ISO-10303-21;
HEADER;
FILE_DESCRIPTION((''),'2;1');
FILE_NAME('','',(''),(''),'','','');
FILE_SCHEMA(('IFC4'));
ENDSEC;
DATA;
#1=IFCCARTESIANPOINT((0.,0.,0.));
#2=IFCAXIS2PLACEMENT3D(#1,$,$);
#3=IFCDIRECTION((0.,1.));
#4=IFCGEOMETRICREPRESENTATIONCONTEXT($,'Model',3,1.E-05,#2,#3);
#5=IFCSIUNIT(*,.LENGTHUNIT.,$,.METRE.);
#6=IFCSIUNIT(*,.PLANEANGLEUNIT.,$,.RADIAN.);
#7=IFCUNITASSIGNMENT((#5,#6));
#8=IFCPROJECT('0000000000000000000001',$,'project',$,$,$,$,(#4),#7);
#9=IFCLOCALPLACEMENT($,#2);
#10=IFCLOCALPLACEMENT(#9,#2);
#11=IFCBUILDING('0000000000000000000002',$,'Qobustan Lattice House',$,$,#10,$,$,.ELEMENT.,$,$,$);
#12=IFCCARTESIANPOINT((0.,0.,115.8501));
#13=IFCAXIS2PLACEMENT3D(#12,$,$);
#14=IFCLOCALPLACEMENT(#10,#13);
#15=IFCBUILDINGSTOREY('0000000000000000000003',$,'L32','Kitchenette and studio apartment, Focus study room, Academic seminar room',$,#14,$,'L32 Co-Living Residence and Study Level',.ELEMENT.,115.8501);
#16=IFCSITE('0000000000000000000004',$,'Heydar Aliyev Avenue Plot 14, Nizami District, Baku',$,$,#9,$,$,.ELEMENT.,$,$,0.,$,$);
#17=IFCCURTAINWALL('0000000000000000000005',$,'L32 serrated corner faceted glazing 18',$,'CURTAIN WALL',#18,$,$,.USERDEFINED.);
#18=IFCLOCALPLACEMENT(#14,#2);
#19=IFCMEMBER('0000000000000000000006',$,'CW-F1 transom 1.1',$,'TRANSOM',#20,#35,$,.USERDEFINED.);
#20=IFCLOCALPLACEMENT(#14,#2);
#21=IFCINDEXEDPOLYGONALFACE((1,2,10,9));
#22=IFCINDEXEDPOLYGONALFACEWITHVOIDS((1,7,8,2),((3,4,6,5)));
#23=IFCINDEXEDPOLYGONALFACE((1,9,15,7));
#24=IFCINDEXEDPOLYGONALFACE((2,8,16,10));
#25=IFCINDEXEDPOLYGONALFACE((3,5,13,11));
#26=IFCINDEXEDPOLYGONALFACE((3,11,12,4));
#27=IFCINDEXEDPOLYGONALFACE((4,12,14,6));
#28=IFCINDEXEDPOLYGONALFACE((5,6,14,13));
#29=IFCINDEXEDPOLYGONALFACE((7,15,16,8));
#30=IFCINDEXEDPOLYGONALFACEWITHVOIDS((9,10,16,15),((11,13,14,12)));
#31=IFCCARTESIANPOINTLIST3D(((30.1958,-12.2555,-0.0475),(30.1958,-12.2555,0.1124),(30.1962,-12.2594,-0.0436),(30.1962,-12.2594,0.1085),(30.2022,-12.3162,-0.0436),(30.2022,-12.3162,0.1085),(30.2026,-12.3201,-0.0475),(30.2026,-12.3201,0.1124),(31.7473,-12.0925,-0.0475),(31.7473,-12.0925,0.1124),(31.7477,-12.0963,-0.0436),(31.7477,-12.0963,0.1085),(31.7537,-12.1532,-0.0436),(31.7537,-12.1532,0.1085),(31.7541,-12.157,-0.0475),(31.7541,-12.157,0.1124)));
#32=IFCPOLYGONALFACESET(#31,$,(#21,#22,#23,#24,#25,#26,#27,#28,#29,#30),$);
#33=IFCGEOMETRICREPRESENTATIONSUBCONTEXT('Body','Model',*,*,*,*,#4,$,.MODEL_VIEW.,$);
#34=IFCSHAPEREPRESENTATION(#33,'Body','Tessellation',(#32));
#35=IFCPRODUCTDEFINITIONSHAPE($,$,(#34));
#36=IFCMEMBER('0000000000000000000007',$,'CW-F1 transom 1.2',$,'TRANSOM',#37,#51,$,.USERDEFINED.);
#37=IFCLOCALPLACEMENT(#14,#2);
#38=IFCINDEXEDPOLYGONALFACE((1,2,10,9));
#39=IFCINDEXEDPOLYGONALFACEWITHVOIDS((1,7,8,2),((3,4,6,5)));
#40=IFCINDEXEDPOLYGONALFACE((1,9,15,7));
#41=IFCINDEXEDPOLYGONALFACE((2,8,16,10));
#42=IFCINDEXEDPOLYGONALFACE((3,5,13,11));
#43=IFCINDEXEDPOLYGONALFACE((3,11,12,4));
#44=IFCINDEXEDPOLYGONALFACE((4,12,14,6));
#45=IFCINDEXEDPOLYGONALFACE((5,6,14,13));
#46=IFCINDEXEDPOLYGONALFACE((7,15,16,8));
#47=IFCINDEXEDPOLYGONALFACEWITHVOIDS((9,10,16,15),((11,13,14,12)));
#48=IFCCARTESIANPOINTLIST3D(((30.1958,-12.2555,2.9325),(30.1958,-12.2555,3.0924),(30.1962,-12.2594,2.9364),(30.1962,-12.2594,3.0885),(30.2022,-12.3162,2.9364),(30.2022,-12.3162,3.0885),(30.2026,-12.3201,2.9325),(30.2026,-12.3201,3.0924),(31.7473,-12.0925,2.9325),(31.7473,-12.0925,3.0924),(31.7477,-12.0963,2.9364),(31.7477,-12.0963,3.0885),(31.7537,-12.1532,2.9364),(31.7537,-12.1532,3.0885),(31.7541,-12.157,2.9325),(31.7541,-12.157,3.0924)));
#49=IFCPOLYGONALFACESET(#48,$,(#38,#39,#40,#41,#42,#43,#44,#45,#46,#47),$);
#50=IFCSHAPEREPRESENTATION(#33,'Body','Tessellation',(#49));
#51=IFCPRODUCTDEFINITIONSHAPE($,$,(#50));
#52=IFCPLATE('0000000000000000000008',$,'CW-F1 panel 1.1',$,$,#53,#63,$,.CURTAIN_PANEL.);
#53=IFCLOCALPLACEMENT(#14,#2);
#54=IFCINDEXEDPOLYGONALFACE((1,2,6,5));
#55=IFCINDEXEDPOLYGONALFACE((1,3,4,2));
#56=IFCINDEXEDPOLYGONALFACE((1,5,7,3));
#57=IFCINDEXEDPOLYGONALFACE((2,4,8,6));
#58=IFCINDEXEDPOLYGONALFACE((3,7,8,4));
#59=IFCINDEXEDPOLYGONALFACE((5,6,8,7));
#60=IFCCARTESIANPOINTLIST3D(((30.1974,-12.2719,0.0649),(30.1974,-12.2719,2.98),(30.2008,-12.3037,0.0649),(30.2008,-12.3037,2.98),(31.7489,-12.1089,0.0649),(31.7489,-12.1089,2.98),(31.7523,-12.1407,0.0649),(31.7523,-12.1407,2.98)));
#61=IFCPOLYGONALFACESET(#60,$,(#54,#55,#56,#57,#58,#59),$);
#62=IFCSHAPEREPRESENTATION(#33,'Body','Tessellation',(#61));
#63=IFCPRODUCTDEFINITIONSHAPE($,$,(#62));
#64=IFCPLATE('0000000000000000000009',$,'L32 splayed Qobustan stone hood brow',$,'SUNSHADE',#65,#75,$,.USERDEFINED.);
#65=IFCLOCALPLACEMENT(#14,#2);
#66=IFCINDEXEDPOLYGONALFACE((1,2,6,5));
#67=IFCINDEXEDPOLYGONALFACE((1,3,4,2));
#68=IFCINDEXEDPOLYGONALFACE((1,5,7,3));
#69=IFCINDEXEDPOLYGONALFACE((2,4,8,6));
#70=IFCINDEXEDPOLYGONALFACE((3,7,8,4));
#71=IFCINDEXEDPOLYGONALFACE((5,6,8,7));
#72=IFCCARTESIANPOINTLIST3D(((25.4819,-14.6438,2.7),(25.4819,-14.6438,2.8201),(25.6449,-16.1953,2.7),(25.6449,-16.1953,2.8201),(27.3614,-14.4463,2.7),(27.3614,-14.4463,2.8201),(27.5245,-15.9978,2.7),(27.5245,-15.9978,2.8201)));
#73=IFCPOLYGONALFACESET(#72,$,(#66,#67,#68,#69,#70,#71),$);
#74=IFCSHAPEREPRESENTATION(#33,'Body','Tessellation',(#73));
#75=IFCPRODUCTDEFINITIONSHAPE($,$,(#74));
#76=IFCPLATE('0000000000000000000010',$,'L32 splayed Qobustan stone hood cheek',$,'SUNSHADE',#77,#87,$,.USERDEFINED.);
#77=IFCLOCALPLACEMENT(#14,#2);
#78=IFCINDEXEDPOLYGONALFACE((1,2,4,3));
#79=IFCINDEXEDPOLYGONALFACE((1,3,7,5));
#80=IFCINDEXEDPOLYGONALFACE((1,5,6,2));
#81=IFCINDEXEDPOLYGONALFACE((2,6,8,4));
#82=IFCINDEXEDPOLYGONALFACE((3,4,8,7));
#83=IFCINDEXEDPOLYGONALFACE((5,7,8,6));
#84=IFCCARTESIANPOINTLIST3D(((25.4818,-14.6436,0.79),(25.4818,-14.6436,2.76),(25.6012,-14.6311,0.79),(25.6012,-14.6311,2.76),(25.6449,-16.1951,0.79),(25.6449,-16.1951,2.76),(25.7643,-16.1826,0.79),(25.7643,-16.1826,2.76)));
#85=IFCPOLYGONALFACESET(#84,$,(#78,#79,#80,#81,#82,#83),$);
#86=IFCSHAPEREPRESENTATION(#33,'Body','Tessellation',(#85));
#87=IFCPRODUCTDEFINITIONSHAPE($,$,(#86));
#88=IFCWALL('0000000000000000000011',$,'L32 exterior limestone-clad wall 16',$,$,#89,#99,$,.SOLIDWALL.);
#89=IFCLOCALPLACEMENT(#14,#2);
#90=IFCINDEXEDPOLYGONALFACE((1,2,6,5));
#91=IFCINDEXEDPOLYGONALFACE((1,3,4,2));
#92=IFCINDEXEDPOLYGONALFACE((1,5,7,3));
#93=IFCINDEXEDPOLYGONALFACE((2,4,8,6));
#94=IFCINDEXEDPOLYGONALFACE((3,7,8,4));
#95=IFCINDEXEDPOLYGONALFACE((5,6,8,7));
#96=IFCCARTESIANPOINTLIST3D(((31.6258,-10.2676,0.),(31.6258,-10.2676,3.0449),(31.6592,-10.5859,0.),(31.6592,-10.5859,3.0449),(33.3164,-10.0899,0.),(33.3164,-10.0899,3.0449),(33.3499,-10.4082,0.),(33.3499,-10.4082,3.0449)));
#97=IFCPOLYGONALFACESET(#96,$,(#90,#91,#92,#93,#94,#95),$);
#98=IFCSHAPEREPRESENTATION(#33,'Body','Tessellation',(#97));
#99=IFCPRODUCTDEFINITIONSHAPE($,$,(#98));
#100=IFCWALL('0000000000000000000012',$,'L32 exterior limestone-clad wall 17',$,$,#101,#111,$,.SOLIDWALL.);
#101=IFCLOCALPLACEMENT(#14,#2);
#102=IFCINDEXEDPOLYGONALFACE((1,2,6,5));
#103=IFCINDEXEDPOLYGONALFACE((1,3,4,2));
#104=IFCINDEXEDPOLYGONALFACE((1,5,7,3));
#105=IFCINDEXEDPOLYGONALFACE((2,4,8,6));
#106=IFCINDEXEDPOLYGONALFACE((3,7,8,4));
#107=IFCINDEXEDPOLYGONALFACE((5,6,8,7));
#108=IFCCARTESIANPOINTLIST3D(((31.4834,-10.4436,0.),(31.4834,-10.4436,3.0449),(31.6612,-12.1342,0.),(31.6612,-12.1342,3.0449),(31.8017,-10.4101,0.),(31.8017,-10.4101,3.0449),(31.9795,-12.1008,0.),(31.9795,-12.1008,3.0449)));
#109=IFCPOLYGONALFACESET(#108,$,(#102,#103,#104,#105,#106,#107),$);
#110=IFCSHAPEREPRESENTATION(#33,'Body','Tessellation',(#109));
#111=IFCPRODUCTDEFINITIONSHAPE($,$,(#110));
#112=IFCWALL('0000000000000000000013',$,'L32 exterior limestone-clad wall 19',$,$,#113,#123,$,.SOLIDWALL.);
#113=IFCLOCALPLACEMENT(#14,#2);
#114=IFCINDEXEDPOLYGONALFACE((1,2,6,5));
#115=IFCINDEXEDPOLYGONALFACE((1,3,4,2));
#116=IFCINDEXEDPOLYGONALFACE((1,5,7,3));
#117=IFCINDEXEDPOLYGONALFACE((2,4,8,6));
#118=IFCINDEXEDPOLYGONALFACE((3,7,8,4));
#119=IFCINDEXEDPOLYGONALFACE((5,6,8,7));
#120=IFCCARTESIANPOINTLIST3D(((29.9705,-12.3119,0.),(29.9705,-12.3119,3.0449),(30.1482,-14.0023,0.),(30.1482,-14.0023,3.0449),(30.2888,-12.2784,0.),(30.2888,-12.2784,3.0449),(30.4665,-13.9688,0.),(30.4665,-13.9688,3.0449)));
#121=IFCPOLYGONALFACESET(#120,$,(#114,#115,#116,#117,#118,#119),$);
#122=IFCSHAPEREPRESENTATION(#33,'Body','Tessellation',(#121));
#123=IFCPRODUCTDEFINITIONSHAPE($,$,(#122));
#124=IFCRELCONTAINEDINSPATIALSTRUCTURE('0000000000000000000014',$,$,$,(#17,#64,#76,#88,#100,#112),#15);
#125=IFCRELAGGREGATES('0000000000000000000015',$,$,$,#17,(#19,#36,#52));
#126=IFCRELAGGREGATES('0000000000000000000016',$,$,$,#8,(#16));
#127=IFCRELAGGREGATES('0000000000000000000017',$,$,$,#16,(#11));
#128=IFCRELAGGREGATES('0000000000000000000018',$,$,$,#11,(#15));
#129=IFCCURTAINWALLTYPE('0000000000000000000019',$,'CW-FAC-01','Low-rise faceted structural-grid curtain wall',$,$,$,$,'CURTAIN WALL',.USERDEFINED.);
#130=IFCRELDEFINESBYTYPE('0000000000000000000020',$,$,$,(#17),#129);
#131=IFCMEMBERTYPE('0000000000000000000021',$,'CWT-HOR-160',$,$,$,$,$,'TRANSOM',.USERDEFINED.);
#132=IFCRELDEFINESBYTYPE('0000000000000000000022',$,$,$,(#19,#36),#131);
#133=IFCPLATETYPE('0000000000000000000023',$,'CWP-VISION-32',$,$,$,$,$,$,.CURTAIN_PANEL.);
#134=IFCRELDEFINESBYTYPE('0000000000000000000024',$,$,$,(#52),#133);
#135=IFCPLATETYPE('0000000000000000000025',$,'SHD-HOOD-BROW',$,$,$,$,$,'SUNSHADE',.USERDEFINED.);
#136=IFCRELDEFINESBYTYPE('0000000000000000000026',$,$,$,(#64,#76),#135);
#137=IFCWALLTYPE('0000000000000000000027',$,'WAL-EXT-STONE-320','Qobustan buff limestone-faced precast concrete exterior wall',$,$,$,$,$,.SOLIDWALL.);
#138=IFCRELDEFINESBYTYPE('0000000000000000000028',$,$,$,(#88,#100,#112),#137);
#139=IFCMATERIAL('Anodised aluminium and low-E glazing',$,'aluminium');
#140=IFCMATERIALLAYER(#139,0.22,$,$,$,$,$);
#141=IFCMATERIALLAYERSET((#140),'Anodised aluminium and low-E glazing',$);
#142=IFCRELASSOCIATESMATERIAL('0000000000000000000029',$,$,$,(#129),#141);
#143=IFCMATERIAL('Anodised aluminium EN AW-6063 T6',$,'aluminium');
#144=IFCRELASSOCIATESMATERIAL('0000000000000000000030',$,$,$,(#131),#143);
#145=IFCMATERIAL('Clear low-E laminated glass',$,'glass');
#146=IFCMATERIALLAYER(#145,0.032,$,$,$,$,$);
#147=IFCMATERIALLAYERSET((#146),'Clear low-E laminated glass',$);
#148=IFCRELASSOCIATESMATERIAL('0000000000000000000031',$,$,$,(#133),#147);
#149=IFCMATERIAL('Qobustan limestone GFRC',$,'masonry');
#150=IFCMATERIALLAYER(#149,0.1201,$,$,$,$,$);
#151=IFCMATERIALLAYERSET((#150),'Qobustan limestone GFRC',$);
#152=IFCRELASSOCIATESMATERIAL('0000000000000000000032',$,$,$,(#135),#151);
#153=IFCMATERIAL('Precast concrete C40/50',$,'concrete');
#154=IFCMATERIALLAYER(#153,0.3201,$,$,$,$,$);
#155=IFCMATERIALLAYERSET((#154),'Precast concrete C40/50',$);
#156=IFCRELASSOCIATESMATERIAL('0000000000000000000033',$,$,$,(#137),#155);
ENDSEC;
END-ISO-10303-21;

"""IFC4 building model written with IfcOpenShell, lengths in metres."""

from ifc_helpers import new_model, si_unit, direction, frame, frame_2d, origin, origin_2d, place, context, subcontext, project, spatial, rectangle, hollow_rectangle, extrude, material, layer, layer_set, material_profile, profile_set, type_object, element, aggregate, save


model = new_model("IFC4")

# Units and contexts
model_context = context("Model", 3, precision=1e-05, world=origin(), true_north=direction((0.0, 1.0)))
body_context = subcontext(model_context, "Body", "Model", "MODEL_VIEW")
ifc_project = project(units=[si_unit("LENGTHUNIT", "METRE"), si_unit("PLANEANGLEUNIT", "RADIAN")], contexts=[model_context])

# Site, building, storey
site_placement = place(None, origin())
site = spatial("IfcSite", under=ifc_project, at=site_placement, Name="Heydar Aliyev Avenue Plot 14, Nizami District, Baku", CompositionType="ELEMENT", RefElevation=0.0)
building_placement = place(site_placement, origin())
building = spatial("IfcBuilding", under=site, at=building_placement, Name="Qobustan Lattice House", CompositionType="ELEMENT")
storey_placement = place(building_placement, frame((0.0, 0.0, 115.8501)))
storey = spatial("IfcBuildingStorey", under=building, at=storey_placement, Name="L32", Description="Kitchenette and studio apartment, Focus study room, Academic seminar room", LongName="L32 Co-Living Residence and Study Level", CompositionType="ELEMENT", Elevation=115.8501)

# Curtain wall, members, plate
ifc_material_1 = material(Name="Anodised aluminium and low-E glazing", Category="aluminium")
ifc_layer_1 = layer(ifc_material_1, 0.22)
ifc_layer_set_1 = layer_set([ifc_layer_1], Name="Anodised aluminium and low-E glazing")
curtain_wall_type = type_object("IfcCurtainWallType", Name="CW-FAC-01", Description="Low-rise faceted structural-grid curtain wall", ElementType="CURTAIN WALL", PredefinedType="USERDEFINED", material=ifc_layer_set_1)
curtain_wall_placement = place(storey_placement, origin())
curtain_wall = element("IfcCurtainWall", 1, at=curtain_wall_placement, inside=storey, type_object=curtain_wall_type, Name="L32 serrated corner faceted glazing 18", ObjectType="CURTAIN WALL", PredefinedType="USERDEFINED")
ifc_material_2 = material(Name="Anodised aluminium EN AW-6063 T6", Category="aluminium")
ifc_material_profile_1 = material_profile(ifc_material_2, hollow_rectangle(XDim=0.0649, YDim=0.1599, WallThickness=0.0039, at=origin_2d()), Name="CWT-160x65")
ifc_profile_set_1 = profile_set([ifc_material_profile_1], Name="Anodised aluminium EN AW-6063 T6")
member_type_1 = type_object("IfcMemberType", Name="CWT-HOR-160", ElementType="TRANSOM", PredefinedType="USERDEFINED", material=ifc_profile_set_1)
member_1_placement = place(storey_placement, frame((31.7507, -12.1248, 0.0325), z_axis=(-0.994521, -0.104538, 0.0), x_axis=(0.104538, -0.994521, 0.0)))
member_1 = element("IfcMember", 2, at=member_1_placement, type_object=member_type_1, Name="CW-F1 transom 1.1", ObjectType="TRANSOM", PredefinedType="USERDEFINED", context=body_context, shape_type="SweptSolid", body=[
    extrude(hollow_rectangle(XDim=0.0649, YDim=0.1599, WallThickness=0.0039, at=origin_2d()), origin(), (0.0, 0.0, 1.0), 1.5601),
])
member_2_placement = place(storey_placement, frame((31.7507, -12.1248, 3.0125), z_axis=(-0.994521, -0.104538, 0.0), x_axis=(0.104538, -0.994521, 0.0)))
member_2 = element("IfcMember", 3, at=member_2_placement, type_object=member_type_1, Name="CW-F1 transom 1.2", ObjectType="TRANSOM", PredefinedType="USERDEFINED", context=body_context, shape_type="SweptSolid", body=[
    extrude(hollow_rectangle(XDim=0.0649, YDim=0.1599, WallThickness=0.0039, at=origin_2d()), origin(), (0.0, 0.0, 1.0), 1.5601),
])
ifc_material_3 = material(Name="Clear low-E laminated glass", Category="glass")
ifc_layer_2 = layer(ifc_material_3, 0.032)
ifc_layer_set_2 = layer_set([ifc_layer_2], Name="Clear low-E laminated glass")
plate_type_1 = type_object("IfcPlateType", Name="CWP-VISION-32", PredefinedType="CURTAIN_PANEL", material=ifc_layer_set_2)
plate_1_placement = place(storey_placement, frame((30.9749, -12.2063, 0.0649), z_axis=(0.0, 0.0, 1.0), x_axis=(-0.994522, -0.104529, 0.0)))
plate_1 = element("IfcPlate", 4, at=plate_1_placement, type_object=plate_type_1, Name="CW-F1 panel 1.1", PredefinedType="CURTAIN_PANEL", context=body_context, shape_type="SweptSolid", body=[
    extrude(rectangle(XDim=1.5601, YDim=0.032, at=origin_2d()), origin(), (0.0, 0.0, 1.0), 2.915),
])
aggregate(curtain_wall, [member_1, member_2, plate_1])

# Plates
ifc_material_4 = material(Name="Qobustan limestone GFRC", Category="masonry")
ifc_layer_3 = layer(ifc_material_4, 0.1201)
ifc_layer_set_3 = layer_set([ifc_layer_3], Name="Qobustan limestone GFRC")
plate_type_2 = type_object("IfcPlateType", Name="SHD-HOOD-BROW", ElementType="SUNSHADE", PredefinedType="USERDEFINED", material=ifc_layer_set_3)
plate_2_placement = place(storey_placement, frame((26.5032, -15.3208, 2.7), z_axis=(0.0, 0.0, 1.0), x_axis=(-0.994522, -0.104528, 0.0)))
element("IfcPlate", 5, at=plate_2_placement, inside=storey, type_object=plate_type_2, Name="L32 splayed Qobustan stone hood brow", ObjectType="SUNSHADE", PredefinedType="USERDEFINED", context=body_context, shape_type="SweptSolid", body=[
    extrude(rectangle(XDim=1.8899, YDim=1.5601, at=origin_2d()), origin(), (0.0, 0.0, 1.0), 0.1201),
])
plate_3_placement = place(storey_placement, frame((25.623, -15.4131, 0.79), z_axis=(0.0, 0.0, 1.0), x_axis=(-0.994522, -0.104528, 0.0)))
element("IfcPlate", 6, at=plate_3_placement, inside=storey, type_object=plate_type_2, Name="L32 splayed Qobustan stone hood cheek", ObjectType="SUNSHADE", PredefinedType="USERDEFINED", context=body_context, shape_type="SweptSolid", body=[
    extrude(rectangle(XDim=0.1201, YDim=1.5601, at=origin_2d()), origin(), (0.0, 0.0, 1.0), 1.97),
])

# Walls
ifc_material_5 = material(Name="Precast concrete C40/50", Category="concrete")
ifc_layer_4 = layer(ifc_material_5, 0.3201)
ifc_layer_set_4 = layer_set([ifc_layer_4], Name="Precast concrete C40/50")
wall_type = type_object("IfcWallType", Name="WAL-EXT-STONE-320", Description="Qobustan buff limestone-faced precast concrete exterior wall", PredefinedType="SOLIDWALL", material=ifc_layer_set_4)
for number, where, z_axis, x_axis, name in (
    (7, (33.3333, -10.249, 0.0), (0.0, 0.0, 1.0), (-0.99452, -0.10455, 0.0), "L32 exterior limestone-clad wall 16"),
    (8, (31.6426, -10.4268, 0.0), (0.0, 0.0, 1.0), (0.10455, -0.99452, 0.0), "L32 exterior limestone-clad wall 17"),
):
    element("IfcWall", number, at=place(storey_placement, frame(where, z_axis=z_axis, x_axis=x_axis)), inside=storey, type_object=wall_type, Name=name, PredefinedType="SOLIDWALL", context=body_context, shape_type="SweptSolid", body=[
        extrude(rectangle(XDim=1.7, YDim=0.3201, at=frame_2d((0.8501, 0.0))), origin(), (0.0, 0.0, 1.0), 3.0449),
    ])
wall_1_placement = place(storey_placement, frame((30.1296, -12.2952, 0.0), z_axis=(0.0, 0.0, 1.0), x_axis=(0.104565, -0.994518, 0.0)))
element("IfcWall", 9, at=wall_1_placement, inside=storey, type_object=wall_type, Name="L32 exterior limestone-clad wall 19", PredefinedType="SOLIDWALL", context=body_context, shape_type="SweptSolid", body=[
    extrude(rectangle(XDim=1.6997, YDim=0.3201, at=frame_2d((0.8499, 0.0))), origin(), (0.0, 0.0, 1.0), 3.0449),
])

save(model, "model.ifc")
